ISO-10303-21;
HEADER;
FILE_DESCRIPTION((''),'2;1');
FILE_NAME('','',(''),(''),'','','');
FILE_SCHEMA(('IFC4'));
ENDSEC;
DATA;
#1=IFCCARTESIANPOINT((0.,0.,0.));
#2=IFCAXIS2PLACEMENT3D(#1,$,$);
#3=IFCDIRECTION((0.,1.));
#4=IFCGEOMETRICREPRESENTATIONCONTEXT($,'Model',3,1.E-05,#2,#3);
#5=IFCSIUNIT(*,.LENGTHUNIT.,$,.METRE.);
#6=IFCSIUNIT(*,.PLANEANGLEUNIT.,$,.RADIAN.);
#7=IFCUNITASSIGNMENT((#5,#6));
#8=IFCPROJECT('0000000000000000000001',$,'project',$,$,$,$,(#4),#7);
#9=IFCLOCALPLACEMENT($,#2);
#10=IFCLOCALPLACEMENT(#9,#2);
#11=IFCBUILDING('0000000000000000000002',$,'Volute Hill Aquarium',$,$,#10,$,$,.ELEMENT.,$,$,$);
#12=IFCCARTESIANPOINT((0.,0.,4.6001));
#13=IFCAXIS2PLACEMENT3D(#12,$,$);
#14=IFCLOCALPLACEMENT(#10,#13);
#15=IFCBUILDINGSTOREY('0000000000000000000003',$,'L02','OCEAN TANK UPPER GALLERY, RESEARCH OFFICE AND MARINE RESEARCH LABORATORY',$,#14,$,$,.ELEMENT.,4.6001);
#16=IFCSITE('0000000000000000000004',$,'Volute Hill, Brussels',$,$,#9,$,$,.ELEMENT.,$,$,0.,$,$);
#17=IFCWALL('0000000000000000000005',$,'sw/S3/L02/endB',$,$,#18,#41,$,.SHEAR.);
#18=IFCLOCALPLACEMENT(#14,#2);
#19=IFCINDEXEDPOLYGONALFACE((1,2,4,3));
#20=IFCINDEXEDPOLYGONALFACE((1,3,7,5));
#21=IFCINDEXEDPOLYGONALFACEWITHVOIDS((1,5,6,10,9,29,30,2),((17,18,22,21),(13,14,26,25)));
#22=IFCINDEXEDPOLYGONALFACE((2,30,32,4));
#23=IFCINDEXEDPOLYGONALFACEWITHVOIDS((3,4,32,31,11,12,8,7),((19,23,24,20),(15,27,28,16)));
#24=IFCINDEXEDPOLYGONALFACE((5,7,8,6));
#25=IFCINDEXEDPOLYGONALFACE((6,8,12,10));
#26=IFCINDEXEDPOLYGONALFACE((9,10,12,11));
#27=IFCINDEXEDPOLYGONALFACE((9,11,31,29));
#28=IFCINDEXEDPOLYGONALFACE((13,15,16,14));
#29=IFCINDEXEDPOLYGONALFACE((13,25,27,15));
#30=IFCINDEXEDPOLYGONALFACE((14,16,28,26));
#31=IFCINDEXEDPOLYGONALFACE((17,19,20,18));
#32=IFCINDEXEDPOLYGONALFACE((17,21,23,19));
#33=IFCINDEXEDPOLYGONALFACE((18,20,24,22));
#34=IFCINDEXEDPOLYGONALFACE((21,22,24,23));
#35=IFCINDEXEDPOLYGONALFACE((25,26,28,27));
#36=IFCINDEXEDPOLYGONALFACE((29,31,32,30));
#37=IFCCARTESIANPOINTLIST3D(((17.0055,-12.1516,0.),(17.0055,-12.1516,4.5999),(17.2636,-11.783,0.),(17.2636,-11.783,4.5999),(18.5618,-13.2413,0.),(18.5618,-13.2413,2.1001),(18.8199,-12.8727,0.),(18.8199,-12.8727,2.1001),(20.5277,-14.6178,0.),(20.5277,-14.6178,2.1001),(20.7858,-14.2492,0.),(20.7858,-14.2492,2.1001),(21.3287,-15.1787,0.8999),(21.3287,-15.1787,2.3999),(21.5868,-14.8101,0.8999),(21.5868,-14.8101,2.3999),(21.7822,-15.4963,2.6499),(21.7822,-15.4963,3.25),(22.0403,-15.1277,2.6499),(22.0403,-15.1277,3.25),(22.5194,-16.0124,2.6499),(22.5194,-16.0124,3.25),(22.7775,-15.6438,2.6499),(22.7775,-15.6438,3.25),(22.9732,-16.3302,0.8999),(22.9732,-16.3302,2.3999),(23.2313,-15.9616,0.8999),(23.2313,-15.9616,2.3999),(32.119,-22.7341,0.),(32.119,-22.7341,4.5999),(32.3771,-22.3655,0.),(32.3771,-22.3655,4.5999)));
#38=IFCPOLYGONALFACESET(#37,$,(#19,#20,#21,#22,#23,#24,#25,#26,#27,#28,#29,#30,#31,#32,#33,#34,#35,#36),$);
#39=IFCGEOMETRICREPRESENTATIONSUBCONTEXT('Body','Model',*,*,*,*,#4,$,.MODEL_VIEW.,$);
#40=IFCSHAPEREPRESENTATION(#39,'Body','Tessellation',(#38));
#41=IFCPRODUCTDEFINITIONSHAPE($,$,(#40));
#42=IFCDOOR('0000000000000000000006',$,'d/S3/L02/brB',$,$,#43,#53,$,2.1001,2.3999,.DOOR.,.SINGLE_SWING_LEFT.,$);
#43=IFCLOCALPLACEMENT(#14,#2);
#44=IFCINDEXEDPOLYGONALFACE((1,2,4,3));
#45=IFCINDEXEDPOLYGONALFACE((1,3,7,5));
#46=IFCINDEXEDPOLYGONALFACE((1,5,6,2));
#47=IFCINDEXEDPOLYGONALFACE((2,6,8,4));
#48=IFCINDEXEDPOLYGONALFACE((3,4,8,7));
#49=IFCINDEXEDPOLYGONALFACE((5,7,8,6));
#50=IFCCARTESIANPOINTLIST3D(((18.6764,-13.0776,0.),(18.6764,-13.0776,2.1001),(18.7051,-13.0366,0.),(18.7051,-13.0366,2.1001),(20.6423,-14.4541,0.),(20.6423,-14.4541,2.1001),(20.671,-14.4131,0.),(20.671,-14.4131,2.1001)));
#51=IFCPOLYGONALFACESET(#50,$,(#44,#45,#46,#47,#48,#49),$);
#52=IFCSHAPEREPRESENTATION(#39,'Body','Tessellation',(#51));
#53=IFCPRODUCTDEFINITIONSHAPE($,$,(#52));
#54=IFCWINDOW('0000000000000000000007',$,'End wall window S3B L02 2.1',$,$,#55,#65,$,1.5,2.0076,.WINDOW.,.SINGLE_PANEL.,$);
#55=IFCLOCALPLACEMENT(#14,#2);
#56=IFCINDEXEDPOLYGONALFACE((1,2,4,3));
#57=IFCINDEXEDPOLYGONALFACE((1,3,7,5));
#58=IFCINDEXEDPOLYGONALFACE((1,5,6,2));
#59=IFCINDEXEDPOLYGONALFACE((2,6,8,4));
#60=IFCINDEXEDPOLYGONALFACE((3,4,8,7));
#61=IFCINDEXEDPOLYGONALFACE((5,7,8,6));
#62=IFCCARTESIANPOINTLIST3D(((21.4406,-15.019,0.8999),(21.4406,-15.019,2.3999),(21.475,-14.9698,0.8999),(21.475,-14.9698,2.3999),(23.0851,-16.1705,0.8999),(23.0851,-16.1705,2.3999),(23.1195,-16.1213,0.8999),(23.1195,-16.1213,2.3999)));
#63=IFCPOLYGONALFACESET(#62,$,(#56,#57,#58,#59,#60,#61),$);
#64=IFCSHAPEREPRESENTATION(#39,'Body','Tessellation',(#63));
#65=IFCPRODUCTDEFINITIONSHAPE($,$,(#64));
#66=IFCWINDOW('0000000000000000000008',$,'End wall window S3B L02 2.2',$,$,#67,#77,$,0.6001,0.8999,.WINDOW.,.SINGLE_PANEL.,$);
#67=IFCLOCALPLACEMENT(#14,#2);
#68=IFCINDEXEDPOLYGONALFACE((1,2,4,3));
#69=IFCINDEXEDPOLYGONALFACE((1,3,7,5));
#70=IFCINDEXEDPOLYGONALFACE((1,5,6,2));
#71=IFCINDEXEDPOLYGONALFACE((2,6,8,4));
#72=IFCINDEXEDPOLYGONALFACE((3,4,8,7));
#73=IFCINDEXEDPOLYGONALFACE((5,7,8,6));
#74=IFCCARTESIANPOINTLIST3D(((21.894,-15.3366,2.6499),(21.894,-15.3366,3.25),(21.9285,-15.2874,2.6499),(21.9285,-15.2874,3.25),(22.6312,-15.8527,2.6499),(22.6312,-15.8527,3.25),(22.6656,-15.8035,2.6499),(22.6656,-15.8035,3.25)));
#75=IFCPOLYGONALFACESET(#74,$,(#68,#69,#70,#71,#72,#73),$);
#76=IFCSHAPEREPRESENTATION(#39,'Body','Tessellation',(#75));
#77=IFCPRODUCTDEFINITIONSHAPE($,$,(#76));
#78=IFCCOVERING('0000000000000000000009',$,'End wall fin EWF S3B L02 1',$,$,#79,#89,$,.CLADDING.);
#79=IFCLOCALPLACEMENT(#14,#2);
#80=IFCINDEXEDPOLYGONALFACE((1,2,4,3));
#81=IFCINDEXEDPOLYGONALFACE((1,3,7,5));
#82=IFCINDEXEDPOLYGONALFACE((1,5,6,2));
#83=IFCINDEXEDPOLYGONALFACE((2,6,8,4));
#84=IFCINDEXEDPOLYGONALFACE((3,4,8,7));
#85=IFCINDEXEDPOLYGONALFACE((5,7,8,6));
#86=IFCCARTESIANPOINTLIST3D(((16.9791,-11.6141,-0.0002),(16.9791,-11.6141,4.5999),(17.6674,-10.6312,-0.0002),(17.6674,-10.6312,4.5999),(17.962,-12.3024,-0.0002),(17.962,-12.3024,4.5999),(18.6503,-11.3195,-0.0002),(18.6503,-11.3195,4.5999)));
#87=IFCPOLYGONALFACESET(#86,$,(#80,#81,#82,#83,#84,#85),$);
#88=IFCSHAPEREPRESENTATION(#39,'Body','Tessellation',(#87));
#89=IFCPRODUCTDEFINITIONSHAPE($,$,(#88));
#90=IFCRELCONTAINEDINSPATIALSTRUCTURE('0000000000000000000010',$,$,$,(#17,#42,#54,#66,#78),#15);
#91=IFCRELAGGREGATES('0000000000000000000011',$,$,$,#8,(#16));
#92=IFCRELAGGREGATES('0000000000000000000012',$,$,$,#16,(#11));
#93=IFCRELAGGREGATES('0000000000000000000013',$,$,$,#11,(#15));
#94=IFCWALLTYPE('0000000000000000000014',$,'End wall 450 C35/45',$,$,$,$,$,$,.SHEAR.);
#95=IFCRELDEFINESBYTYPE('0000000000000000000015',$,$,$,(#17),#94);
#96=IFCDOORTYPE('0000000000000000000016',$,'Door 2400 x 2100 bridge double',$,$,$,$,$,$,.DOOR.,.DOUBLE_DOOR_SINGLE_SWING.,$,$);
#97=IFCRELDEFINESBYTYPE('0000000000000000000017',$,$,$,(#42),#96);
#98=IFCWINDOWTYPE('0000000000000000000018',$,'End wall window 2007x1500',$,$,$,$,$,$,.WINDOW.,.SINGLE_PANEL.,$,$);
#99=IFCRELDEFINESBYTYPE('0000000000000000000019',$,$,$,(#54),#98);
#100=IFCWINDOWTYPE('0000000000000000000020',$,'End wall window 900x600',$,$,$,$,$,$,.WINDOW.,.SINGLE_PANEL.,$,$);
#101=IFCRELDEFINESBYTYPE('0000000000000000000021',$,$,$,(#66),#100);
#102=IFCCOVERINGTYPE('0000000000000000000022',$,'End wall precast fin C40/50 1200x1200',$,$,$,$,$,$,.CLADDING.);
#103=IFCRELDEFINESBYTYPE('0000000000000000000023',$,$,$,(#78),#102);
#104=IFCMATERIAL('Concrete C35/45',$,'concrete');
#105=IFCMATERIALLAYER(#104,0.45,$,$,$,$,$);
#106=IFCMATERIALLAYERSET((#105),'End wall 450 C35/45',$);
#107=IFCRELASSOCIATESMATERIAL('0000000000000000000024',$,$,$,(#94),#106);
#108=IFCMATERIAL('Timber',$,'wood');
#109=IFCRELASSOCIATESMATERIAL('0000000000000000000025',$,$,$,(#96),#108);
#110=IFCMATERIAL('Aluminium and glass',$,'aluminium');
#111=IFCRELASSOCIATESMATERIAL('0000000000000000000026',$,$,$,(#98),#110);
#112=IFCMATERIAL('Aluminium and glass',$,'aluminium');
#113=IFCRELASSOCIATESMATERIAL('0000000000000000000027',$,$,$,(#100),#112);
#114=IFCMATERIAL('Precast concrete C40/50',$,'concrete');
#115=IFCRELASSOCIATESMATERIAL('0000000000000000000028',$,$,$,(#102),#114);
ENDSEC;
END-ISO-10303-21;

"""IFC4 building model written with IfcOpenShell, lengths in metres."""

from ifc_helpers import new_model, si_unit, direction, frame, frame_2d, origin, origin_2d, place, context, subcontext, project, spatial, rectangle, extrude, material, layer, layer_set, type_object, element, fill, save


model = new_model("IFC4")

# Units and contexts
model_context = context("Model", 3, precision=1e-05, world=origin(), true_north=direction((0.0, 1.0)))
body_context = subcontext(model_context, "Body", "Model", "MODEL_VIEW")
ifc_project = project(units=[si_unit("LENGTHUNIT", "METRE"), si_unit("PLANEANGLEUNIT", "RADIAN")], contexts=[model_context])

# Site, building, storey
site_placement = place(None, origin())
site = spatial("IfcSite", under=ifc_project, at=site_placement, Name="Volute Hill, Brussels", CompositionType="ELEMENT", RefElevation=0.0)
building_placement = place(site_placement, origin())
building = spatial("IfcBuilding", under=site, at=building_placement, Name="Volute Hill Aquarium", CompositionType="ELEMENT")
storey_placement = place(building_placement, frame((0.0, 0.0, 4.6001)))
storey = spatial("IfcBuildingStorey", under=building, at=storey_placement, Name="L02", Description="OCEAN TANK UPPER GALLERY, RESEARCH OFFICE AND MARINE RESEARCH LABORATORY", CompositionType="ELEMENT", Elevation=4.6001)

# Wall, openings, door, windows
ifc_material_1 = material(Name="Concrete C35/45", Category="concrete")
ifc_layer_1 = layer(ifc_material_1, 0.45)
ifc_layer_set_1 = layer_set([ifc_layer_1], Name="End wall 450 C35/45")
wall_type_1 = type_object("IfcWallType", Name="End wall 450 C35/45", PredefinedType="SHEAR", material=ifc_layer_set_1)
wall_1_placement = place(storey_placement, frame((17.1345, -11.9673, 0.0), z_axis=(0.0, 0.0, 1.0), x_axis=(0.819154, -0.573573, 0.0)))
wall_1 = element("IfcWall", 1, at=wall_1_placement, inside=storey, type_object=wall_type_1, Name="sw/S3/L02/endB", PredefinedType="SHEAR", context=body_context, shape_type="SweptSolid", body=[
    extrude(rectangle(XDim=18.4502, YDim=0.45, at=frame_2d((9.2251, 0.0))), origin(), (0.0, 0.0, 1.0), 4.5999),
])
opening_1_placement = place(wall_1_placement, frame((5.2776, 0.0, 0.8999)))
opening_1 = element("IfcOpeningElement", 2, at=opening_1_placement, cuts=wall_1, PredefinedType="OPENING", context=body_context, shape_type="SweptSolid", body=[
    extrude(rectangle(XDim=2.0076, YDim=1.5, at=frame_2d((1.0039, 0.75))), frame((0.0, 0.2349, 0.0), z_axis=(0.0, -1.0, 0.0), x_axis=(1.0, 0.0, 0.0)), (0.0, 0.0, 1.0), 0.47),
])
opening_2_placement = place(wall_1_placement, frame((5.8313, 0.0, 2.6499)))
opening_2 = element("IfcOpeningElement", 3, at=opening_2_placement, cuts=wall_1, PredefinedType="OPENING", context=body_context, shape_type="SweptSolid", body=[
    extrude(rectangle(XDim=0.8999, YDim=0.6001, at=frame_2d((0.45, 0.3))), frame((0.0, 0.2349, 0.0), z_axis=(0.0, -1.0, 0.0), x_axis=(1.0, 0.0, 0.0)), (0.0, 0.0, 1.0), 0.47),
])
opening_3_placement = place(wall_1_placement, frame((1.8999, 0.0, 0.0)))
opening_3 = element("IfcOpeningElement", 4, at=opening_3_placement, cuts=wall_1, PredefinedType="OPENING", context=body_context, shape_type="SweptSolid", body=[
    extrude(rectangle(XDim=2.3999, YDim=2.1001, at=frame_2d((1.2, 1.05))), frame((0.0, 0.2349, 0.0), z_axis=(0.0, -1.0, 0.0), x_axis=(1.0, 0.0, 0.0)), (0.0, 0.0, 1.0), 0.47),
])
ifc_material_2 = material(Name="Timber", Category="wood")
door_type = type_object("IfcDoorType", Name="Door 2400 x 2100 bridge double", OperationType="DOUBLE_DOOR_SINGLE_SWING", PredefinedType="DOOR", material=ifc_material_2)
door_placement = place(opening_3_placement, origin())
door = element("IfcDoor", 5, at=door_placement, inside=storey, type_object=door_type, Name="d/S3/L02/brB", OperationType="SINGLE_SWING_LEFT", OverallHeight=2.1001, OverallWidth=2.3999, PredefinedType="DOOR", context=body_context, shape_type="SweptSolid", body=[
    extrude(rectangle(XDim=2.3999, YDim=2.1001, at=frame_2d((1.2, 1.05))), frame((0.0, 0.0249, 0.0), z_axis=(0.0, -1.0, 0.0), x_axis=(1.0, 0.0, 0.0)), (0.0, 0.0, 1.0), 0.05),
])
fill(opening_3, door)
ifc_material_3 = material(Name="Aluminium and glass", Category="aluminium")
window_type_1 = type_object("IfcWindowType", Name="End wall window 2007x1500", PartitioningType="SINGLE_PANEL", PredefinedType="WINDOW", material=ifc_material_3)
window_1_placement = place(opening_1_placement, origin())
window_1 = element("IfcWindow", 6, at=window_1_placement, inside=storey, type_object=window_type_1, Name="End wall window S3B L02 2.1", OverallHeight=1.5, OverallWidth=2.0076, PartitioningType="SINGLE_PANEL", PredefinedType="WINDOW", context=body_context, shape_type="SweptSolid", body=[
    extrude(rectangle(XDim=2.0076, YDim=1.5, at=frame_2d((1.0039, 0.75))), frame((0.0, 0.03, 0.0), z_axis=(0.0, -1.0, 0.0), x_axis=(1.0, 0.0, 0.0)), (0.0, 0.0, 1.0), 0.0601),
])
fill(opening_1, window_1)
ifc_material_4 = material(Name="Aluminium and glass", Category="aluminium")
window_type_2 = type_object("IfcWindowType", Name="End wall window 900x600", PartitioningType="SINGLE_PANEL", PredefinedType="WINDOW", material=ifc_material_4)
window_2_placement = place(opening_2_placement, origin())
window_2 = element("IfcWindow", 7, at=window_2_placement, inside=storey, type_object=window_type_2, Name="End wall window S3B L02 2.2", OverallHeight=0.6001, OverallWidth=0.8999, PartitioningType="SINGLE_PANEL", PredefinedType="WINDOW", context=body_context, shape_type="SweptSolid", body=[
    extrude(rectangle(XDim=0.8999, YDim=0.6001, at=frame_2d((0.45, 0.3))), frame((0.0, 0.03, 0.0), z_axis=(0.0, -1.0, 0.0), x_axis=(1.0, 0.0, 0.0)), (0.0, 0.0, 1.0), 0.0601),
])
fill(opening_2, window_2)

# Covering
ifc_material_5 = material(Name="Precast concrete C40/50", Category="concrete")
covering_type = type_object("IfcCoveringType", Name="End wall precast fin C40/50 1200x1200", PredefinedType="CLADDING", material=ifc_material_5)
covering_placement = place(storey_placement, frame((17.8147, -11.4668, -0.0002), z_axis=(0.0, 0.0, 1.0), x_axis=(0.819152, -0.573576, 0.0)))
element("IfcCovering", 8, at=covering_placement, inside=storey, type_object=covering_type, Name="End wall fin EWF S3B L02 1", PredefinedType="CLADDING", context=body_context, shape_type="SweptSolid", body=[
    extrude(rectangle(XDim=1.2, YDim=1.2, at=origin_2d()), origin(), (0.0, 0.0, 1.0), 4.6001),
])

save(model, "model.ifc")
